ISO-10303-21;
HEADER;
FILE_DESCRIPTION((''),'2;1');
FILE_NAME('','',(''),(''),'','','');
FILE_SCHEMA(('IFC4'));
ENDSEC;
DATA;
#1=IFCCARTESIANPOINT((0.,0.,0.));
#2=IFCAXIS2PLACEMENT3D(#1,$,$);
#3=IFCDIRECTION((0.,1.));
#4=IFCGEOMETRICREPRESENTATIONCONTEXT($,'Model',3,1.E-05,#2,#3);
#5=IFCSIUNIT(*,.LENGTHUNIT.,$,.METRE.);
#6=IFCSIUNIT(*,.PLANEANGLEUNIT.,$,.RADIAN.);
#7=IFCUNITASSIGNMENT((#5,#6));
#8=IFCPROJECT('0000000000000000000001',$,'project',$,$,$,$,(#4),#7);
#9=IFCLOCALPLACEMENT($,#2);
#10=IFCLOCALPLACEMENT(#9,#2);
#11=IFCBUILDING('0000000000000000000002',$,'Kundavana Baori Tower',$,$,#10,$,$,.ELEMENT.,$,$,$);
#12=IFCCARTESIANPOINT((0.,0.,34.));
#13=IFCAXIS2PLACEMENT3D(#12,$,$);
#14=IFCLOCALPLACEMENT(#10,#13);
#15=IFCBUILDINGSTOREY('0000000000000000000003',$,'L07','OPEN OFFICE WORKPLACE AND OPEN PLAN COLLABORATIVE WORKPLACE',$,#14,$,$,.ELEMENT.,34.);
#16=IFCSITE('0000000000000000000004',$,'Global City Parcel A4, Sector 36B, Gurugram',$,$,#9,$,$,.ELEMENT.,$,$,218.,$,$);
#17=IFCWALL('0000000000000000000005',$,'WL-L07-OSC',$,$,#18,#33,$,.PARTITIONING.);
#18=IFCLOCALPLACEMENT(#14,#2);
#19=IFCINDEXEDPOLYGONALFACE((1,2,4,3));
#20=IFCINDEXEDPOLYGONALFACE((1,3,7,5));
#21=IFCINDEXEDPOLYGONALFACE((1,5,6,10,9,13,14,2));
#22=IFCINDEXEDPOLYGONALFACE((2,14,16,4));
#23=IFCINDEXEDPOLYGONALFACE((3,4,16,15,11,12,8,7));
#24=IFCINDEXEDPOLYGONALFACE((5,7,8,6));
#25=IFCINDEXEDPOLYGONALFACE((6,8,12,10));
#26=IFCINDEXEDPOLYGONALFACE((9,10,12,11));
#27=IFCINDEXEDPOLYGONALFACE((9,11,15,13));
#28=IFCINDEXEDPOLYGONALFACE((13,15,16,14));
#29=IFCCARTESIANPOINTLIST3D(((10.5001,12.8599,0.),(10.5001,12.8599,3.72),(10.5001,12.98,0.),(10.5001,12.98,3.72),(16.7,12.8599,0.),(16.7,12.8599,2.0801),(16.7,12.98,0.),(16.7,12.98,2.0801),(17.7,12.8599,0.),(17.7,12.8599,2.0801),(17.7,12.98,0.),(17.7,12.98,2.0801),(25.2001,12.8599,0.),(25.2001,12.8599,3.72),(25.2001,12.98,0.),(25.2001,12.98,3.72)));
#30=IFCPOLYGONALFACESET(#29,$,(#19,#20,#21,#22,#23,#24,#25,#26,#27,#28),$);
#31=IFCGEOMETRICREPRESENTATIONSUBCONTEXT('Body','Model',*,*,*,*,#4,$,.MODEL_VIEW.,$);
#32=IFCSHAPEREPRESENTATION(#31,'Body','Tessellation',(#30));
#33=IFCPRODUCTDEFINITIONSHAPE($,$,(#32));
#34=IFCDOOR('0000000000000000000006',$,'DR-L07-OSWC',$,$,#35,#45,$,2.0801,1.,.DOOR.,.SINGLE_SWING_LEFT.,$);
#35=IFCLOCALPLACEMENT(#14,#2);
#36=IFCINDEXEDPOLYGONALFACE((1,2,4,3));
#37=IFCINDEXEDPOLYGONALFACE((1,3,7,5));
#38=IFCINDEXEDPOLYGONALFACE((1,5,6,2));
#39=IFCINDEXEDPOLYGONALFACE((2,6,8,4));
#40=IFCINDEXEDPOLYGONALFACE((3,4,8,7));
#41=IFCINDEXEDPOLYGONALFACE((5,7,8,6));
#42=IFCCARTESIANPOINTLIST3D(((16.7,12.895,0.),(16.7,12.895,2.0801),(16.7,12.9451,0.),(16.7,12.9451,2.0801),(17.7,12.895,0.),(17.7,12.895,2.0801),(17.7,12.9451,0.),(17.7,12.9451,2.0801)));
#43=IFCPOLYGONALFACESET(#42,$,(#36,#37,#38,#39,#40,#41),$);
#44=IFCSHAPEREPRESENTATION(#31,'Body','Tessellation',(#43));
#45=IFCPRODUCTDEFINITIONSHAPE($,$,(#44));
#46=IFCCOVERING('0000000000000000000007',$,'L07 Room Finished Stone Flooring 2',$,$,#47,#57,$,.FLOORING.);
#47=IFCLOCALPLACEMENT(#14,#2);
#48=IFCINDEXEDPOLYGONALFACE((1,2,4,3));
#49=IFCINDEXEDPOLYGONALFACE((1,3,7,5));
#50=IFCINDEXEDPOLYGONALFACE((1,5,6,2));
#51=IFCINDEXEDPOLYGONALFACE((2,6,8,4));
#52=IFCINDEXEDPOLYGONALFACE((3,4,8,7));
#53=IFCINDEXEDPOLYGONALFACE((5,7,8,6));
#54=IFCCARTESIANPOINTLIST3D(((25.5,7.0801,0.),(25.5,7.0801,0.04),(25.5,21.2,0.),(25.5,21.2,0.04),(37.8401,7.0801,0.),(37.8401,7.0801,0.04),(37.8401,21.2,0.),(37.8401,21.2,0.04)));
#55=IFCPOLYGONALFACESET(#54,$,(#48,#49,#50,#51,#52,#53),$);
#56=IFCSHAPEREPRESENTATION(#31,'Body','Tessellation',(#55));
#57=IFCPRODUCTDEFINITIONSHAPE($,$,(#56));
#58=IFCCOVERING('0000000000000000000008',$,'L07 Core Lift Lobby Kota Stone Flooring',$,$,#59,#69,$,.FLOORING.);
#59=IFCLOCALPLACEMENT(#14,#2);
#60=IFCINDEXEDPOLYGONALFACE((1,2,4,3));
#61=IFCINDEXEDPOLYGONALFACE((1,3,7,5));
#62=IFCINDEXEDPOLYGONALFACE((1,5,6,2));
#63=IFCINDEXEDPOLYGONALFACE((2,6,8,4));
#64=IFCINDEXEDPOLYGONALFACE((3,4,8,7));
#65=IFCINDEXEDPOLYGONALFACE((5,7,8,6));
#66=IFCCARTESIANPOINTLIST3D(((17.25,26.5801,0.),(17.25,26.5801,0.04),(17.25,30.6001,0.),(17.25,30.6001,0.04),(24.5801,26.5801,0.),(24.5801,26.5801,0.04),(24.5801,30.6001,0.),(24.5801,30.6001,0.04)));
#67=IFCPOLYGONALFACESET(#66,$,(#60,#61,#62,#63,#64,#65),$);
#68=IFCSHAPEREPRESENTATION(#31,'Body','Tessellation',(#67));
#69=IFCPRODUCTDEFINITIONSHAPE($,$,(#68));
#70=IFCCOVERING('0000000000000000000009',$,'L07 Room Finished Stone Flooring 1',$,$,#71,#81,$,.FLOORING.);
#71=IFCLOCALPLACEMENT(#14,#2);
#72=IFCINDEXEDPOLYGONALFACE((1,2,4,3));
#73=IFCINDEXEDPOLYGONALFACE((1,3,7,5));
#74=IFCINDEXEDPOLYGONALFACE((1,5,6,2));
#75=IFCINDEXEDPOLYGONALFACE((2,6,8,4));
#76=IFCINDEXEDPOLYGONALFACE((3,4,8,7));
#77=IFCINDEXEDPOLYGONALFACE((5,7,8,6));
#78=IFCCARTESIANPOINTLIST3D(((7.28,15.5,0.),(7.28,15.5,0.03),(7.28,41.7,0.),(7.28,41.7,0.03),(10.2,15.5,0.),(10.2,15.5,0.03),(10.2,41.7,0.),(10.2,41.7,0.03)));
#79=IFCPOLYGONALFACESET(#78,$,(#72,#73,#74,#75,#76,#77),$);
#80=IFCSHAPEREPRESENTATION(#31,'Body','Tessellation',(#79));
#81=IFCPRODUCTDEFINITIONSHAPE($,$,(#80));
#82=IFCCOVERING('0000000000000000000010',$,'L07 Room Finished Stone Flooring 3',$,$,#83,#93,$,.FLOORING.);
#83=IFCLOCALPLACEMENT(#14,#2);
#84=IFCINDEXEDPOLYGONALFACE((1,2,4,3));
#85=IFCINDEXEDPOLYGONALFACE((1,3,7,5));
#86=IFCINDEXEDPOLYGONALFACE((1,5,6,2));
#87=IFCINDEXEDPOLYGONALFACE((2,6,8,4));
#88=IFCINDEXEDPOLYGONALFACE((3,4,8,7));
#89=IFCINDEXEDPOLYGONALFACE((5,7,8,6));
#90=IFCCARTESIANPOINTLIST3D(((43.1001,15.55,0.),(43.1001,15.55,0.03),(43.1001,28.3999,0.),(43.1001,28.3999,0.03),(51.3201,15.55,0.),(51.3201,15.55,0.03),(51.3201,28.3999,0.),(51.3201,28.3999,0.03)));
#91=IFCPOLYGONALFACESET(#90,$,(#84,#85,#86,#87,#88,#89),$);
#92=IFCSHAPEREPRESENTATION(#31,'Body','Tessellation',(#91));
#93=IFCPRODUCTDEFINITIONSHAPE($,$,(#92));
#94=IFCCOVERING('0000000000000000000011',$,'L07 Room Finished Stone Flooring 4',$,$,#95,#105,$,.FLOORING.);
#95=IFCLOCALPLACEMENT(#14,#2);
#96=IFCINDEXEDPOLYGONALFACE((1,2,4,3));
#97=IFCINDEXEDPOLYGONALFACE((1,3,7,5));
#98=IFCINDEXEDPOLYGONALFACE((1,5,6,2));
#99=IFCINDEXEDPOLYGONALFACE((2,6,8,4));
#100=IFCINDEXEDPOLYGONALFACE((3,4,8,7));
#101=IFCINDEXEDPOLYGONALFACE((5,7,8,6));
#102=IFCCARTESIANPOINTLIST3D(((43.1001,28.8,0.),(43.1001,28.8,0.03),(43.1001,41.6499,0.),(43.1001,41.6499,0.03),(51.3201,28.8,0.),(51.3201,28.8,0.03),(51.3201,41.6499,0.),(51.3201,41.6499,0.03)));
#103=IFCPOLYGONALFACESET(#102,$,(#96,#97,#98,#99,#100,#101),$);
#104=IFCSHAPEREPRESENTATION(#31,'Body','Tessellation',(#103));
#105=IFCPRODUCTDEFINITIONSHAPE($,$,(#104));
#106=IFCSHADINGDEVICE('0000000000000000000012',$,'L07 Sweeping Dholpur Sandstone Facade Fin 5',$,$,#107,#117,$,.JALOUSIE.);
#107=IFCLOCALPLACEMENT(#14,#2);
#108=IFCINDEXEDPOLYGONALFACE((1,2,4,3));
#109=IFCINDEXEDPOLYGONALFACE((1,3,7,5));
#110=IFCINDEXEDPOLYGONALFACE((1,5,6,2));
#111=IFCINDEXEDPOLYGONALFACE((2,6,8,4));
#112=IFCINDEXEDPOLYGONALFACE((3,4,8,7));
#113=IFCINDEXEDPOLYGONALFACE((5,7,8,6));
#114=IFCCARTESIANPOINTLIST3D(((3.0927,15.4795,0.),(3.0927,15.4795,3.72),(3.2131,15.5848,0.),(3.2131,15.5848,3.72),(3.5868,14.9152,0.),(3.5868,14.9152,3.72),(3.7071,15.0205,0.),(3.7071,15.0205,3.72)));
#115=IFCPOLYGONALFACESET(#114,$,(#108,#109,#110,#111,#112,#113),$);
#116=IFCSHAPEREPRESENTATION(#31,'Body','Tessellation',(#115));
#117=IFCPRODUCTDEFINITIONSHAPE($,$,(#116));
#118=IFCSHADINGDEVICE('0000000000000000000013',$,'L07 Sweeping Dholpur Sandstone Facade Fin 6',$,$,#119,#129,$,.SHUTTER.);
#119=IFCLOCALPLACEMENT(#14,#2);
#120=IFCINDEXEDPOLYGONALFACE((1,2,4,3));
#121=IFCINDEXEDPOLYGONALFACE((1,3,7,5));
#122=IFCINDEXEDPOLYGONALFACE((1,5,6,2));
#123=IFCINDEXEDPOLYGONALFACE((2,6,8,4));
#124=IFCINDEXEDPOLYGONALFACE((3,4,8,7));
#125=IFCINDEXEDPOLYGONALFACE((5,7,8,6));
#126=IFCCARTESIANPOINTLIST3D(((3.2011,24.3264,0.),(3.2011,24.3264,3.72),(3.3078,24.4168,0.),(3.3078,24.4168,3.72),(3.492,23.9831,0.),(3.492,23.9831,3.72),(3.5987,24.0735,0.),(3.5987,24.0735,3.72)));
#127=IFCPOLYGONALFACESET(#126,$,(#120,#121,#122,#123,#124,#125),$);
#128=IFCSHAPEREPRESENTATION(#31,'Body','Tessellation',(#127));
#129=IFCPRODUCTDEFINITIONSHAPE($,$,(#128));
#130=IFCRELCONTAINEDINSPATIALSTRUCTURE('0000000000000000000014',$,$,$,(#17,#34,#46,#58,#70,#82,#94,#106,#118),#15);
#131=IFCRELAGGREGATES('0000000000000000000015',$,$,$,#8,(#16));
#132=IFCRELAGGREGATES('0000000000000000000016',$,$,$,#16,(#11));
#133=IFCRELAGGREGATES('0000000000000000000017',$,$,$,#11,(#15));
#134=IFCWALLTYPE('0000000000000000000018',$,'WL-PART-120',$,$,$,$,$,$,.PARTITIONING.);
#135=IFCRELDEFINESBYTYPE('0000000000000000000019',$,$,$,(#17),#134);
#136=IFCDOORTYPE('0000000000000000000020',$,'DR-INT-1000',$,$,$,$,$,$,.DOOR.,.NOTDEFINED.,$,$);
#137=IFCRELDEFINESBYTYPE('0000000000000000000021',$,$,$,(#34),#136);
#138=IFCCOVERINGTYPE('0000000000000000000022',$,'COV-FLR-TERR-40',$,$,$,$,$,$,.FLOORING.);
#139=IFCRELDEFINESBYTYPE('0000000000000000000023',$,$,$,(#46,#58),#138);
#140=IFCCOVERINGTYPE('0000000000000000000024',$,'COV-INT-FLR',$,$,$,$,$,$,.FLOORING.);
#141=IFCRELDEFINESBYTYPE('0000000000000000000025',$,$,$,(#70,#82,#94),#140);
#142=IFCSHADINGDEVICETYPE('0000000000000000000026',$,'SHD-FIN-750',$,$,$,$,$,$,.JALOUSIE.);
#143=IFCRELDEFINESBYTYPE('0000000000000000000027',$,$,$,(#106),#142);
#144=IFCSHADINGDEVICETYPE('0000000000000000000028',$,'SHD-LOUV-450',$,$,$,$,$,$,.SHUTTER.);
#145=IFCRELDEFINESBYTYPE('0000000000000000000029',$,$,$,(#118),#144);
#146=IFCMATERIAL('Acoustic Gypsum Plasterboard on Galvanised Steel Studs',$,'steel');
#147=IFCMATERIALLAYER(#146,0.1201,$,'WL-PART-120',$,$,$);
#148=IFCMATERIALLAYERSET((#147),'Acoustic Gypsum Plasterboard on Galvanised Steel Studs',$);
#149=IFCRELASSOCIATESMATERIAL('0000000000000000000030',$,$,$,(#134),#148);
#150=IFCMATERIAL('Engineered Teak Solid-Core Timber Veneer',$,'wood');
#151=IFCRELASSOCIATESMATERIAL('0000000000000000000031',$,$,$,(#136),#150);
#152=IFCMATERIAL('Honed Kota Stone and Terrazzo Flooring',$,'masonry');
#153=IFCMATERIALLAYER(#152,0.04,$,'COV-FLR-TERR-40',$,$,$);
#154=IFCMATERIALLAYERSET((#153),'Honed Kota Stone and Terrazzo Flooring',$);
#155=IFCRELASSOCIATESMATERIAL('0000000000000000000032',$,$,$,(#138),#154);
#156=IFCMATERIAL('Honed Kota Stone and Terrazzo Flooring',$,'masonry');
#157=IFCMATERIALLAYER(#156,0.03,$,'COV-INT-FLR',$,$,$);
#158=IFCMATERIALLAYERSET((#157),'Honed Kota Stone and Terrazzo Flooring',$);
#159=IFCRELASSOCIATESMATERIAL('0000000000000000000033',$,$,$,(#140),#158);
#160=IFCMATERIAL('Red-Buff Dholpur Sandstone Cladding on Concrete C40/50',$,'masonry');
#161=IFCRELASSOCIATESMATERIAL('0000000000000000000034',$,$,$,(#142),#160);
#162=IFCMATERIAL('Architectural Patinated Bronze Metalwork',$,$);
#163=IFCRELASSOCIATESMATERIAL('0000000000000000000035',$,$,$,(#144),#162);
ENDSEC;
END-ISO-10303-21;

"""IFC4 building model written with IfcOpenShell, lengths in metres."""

from ifc_helpers import new_model, si_unit, direction, frame, frame_2d, origin, origin_2d, place, context, subcontext, project, spatial, polyline, rectangle, outline, extrude, material, layer, layer_set, type_object, element, fill, save


model = new_model("IFC4")

# Units and contexts
model_context = context("Model", 3, precision=1e-05, world=origin(), true_north=direction((0.0, 1.0)))
body_context = subcontext(model_context, "Body", "Model", "MODEL_VIEW")
ifc_project = project(units=[si_unit("LENGTHUNIT", "METRE"), si_unit("PLANEANGLEUNIT", "RADIAN")], contexts=[model_context])

# Site, building, storey
site_placement = place(None, origin())
site = spatial("IfcSite", under=ifc_project, at=site_placement, Name="Global City Parcel A4, Sector 36B, Gurugram", CompositionType="ELEMENT", RefElevation=218.0)
building_placement = place(site_placement, origin())
building = spatial("IfcBuilding", under=site, at=building_placement, Name="Kundavana Baori Tower", CompositionType="ELEMENT")
storey_placement = place(building_placement, frame((0.0, 0.0, 34.0)))
storey = spatial("IfcBuildingStorey", under=building, at=storey_placement, Name="L07", Description="OPEN OFFICE WORKPLACE AND OPEN PLAN COLLABORATIVE WORKPLACE", CompositionType="ELEMENT", Elevation=34.0)

# Shared definitions
ifc_material_1 = material(Name="Acoustic Gypsum Plasterboard on Galvanised Steel Studs", Category="steel")
ifc_layer_1 = layer(ifc_material_1, 0.1201, Name="WL-PART-120")
ifc_layer_set_1 = layer_set([ifc_layer_1], Name="Acoustic Gypsum Plasterboard on Galvanised Steel Studs")
wall_type_1 = type_object("IfcWallType", Name="WL-PART-120", PredefinedType="PARTITIONING", material=ifc_layer_set_1)

# Wall, opening, door
wall_1_placement = place(storey_placement, frame((10.5, 12.9199, 0.0), z_axis=(0.0, 0.0, 1.0), x_axis=(1.0, 0.0, 0.0)))
wall_1 = element("IfcWall", 1, at=wall_1_placement, inside=storey, type_object=wall_type_1, Name="WL-L07-OSC", PredefinedType="PARTITIONING", context=body_context, shape_type="SweptSolid", body=[
    extrude(rectangle(XDim=14.7, YDim=0.1201, at=frame_2d((7.3501, 0.0))), origin(), (0.0, 0.0, 1.0), 3.72),
])
opening_1_placement = place(wall_1_placement, frame((6.2, 0.0, 0.0)))
opening_1 = element("IfcOpeningElement", 2, at=opening_1_placement, cuts=wall_1, PredefinedType="OPENING", context=body_context, shape_type="SweptSolid", body=[
    extrude(rectangle(XDim=1.0, YDim=2.0801, at=frame_2d((0.5, 1.04))), frame((0.0, 0.0701, 0.0), z_axis=(0.0, -1.0, 0.0), x_axis=(1.0, 0.0, 0.0)), (0.0, 0.0, 1.0), 0.1401),
])
ifc_material_2 = material(Name="Engineered Teak Solid-Core Timber Veneer", Category="wood")
door_type_1 = type_object("IfcDoorType", Name="DR-INT-1000", OperationType="NOTDEFINED", PredefinedType="DOOR", material=ifc_material_2)
door_1_placement = place(opening_1_placement, frame((1.0, 0.0, 0.0), z_axis=(0.0, 0.0, 1.0), x_axis=(-1.0, 0.0, 0.0)))
door_1 = element("IfcDoor", 3, at=door_1_placement, inside=storey, type_object=door_type_1, Name="DR-L07-OSWC", OperationType="SINGLE_SWING_LEFT", OverallHeight=2.0801, OverallWidth=1.0, PredefinedType="DOOR", context=body_context, shape_type="SweptSolid", body=[
    extrude(rectangle(XDim=1.0, YDim=2.0801, at=frame_2d((0.5, 1.04))), frame((0.0, 0.0249, 0.0), z_axis=(0.0, -1.0, 0.0), x_axis=(1.0, 0.0, 0.0)), (0.0, 0.0, 1.0), 0.05),
])
fill(opening_1, door_1)

# Coverings
ifc_material_3 = material(Name="Honed Kota Stone and Terrazzo Flooring", Category="masonry")
ifc_layer_2 = layer(ifc_material_3, 0.04, Name="COV-FLR-TERR-40")
ifc_layer_set_2 = layer_set([ifc_layer_2], Name="Honed Kota Stone and Terrazzo Flooring")
covering_type_1 = type_object("IfcCoveringType", Name="COV-FLR-TERR-40", PredefinedType="FLOORING", material=ifc_layer_set_2)
covering_1_placement = place(storey_placement, origin())
element("IfcCovering", 4, at=covering_1_placement, inside=storey, type_object=covering_type_1, Name="L07 Room Finished Stone Flooring 2", PredefinedType="FLOORING", context=body_context, shape_type="SweptSolid", body=[
    extrude(outline(polyline([(25.5, 7.0801), (37.8401, 7.0801), (37.8401, 21.2), (25.5, 21.2), (25.5, 7.0801)])), origin(), (0.0, 0.0, 1.0), 0.04),
])
covering_2_placement = place(storey_placement, origin())
element("IfcCovering", 5, at=covering_2_placement, inside=storey, type_object=covering_type_1, Name="L07 Core Lift Lobby Kota Stone Flooring", PredefinedType="FLOORING", context=body_context, shape_type="SweptSolid", body=[
    extrude(outline(polyline([(17.25, 26.5801), (24.5801, 26.5801), (24.5801, 30.6001), (17.25, 30.6001), (17.25, 26.5801)])), origin(), (0.0, 0.0, 1.0), 0.04),
])
ifc_material_4 = material(Name="Honed Kota Stone and Terrazzo Flooring", Category="masonry")
ifc_layer_3 = layer(ifc_material_4, 0.03, Name="COV-INT-FLR")
ifc_layer_set_3 = layer_set([ifc_layer_3], Name="Honed Kota Stone and Terrazzo Flooring")
covering_type_2 = type_object("IfcCoveringType", Name="COV-INT-FLR", PredefinedType="FLOORING", material=ifc_layer_set_3)
covering_3_placement = place(storey_placement, origin())
element("IfcCovering", 6, at=covering_3_placement, inside=storey, type_object=covering_type_2, Name="L07 Room Finished Stone Flooring 1", PredefinedType="FLOORING", context=body_context, shape_type="SweptSolid", body=[
    extrude(outline(polyline([(7.28, 15.5), (10.2, 15.5), (10.2, 41.7), (7.28, 41.7), (7.28, 15.5)])), origin(), (0.0, 0.0, 1.0), 0.03),
])
covering_4_placement = place(storey_placement, origin())
element("IfcCovering", 7, at=covering_4_placement, inside=storey, type_object=covering_type_2, Name="L07 Room Finished Stone Flooring 3", PredefinedType="FLOORING", context=body_context, shape_type="SweptSolid", body=[
    extrude(outline(polyline([(43.1001, 15.55), (51.3201, 15.55), (51.3201, 28.3999), (43.1001, 28.3999), (43.1001, 15.55)])), origin(), (0.0, 0.0, 1.0), 0.03),
])
covering_5_placement = place(storey_placement, origin())
element("IfcCovering", 8, at=covering_5_placement, inside=storey, type_object=covering_type_2, Name="L07 Room Finished Stone Flooring 4", PredefinedType="FLOORING", context=body_context, shape_type="SweptSolid", body=[
    extrude(outline(polyline([(43.1001, 28.8), (51.3201, 28.8), (51.3201, 41.6499), (43.1001, 41.6499), (43.1001, 28.8)])), origin(), (0.0, 0.0, 1.0), 0.03),
])

# Shading devices
ifc_material_5 = material(Name="Red-Buff Dholpur Sandstone Cladding on Concrete C40/50", Category="masonry")
shading_device_type_1 = type_object("IfcShadingDeviceType", Name="SHD-FIN-750", PredefinedType="JALOUSIE", material=ifc_material_5)
shading_device_1_placement = place(storey_placement, frame((3.3999, 15.25, 0.0), z_axis=(0.0, 0.0, 1.0), x_axis=(0.752415, 0.658689, 0.0)))
element("IfcShadingDevice", 9, at=shading_device_1_placement, inside=storey, type_object=shading_device_type_1, Name="L07 Sweeping Dholpur Sandstone Facade Fin 5", PredefinedType="JALOUSIE", context=body_context, shape_type="SweptSolid", body=[
    extrude(rectangle(XDim=0.1599, YDim=0.75, at=origin_2d()), origin(), (0.0, 0.0, 1.0), 3.72),
])
ifc_material_6 = material(Name="Architectural Patinated Bronze Metalwork")
shading_device_type_2 = type_object("IfcShadingDeviceType", Name="SHD-LOUV-450", PredefinedType="SHUTTER", material=ifc_material_6)
shading_device_2_placement = place(storey_placement, frame((3.3999, 24.2, 0.0), z_axis=(0.0, 0.0, 1.0), x_axis=(0.762894, 0.646524, 0.0)))
element("IfcShadingDevice", 10, at=shading_device_2_placement, inside=storey, type_object=shading_device_type_2, Name="L07 Sweeping Dholpur Sandstone Facade Fin 6", PredefinedType="SHUTTER", context=body_context, shape_type="SweptSolid", body=[
    extrude(rectangle(XDim=0.1399, YDim=0.45, at=origin_2d()), origin(), (0.0, 0.0, 1.0), 3.72),
])

save(model, "model.ifc")
